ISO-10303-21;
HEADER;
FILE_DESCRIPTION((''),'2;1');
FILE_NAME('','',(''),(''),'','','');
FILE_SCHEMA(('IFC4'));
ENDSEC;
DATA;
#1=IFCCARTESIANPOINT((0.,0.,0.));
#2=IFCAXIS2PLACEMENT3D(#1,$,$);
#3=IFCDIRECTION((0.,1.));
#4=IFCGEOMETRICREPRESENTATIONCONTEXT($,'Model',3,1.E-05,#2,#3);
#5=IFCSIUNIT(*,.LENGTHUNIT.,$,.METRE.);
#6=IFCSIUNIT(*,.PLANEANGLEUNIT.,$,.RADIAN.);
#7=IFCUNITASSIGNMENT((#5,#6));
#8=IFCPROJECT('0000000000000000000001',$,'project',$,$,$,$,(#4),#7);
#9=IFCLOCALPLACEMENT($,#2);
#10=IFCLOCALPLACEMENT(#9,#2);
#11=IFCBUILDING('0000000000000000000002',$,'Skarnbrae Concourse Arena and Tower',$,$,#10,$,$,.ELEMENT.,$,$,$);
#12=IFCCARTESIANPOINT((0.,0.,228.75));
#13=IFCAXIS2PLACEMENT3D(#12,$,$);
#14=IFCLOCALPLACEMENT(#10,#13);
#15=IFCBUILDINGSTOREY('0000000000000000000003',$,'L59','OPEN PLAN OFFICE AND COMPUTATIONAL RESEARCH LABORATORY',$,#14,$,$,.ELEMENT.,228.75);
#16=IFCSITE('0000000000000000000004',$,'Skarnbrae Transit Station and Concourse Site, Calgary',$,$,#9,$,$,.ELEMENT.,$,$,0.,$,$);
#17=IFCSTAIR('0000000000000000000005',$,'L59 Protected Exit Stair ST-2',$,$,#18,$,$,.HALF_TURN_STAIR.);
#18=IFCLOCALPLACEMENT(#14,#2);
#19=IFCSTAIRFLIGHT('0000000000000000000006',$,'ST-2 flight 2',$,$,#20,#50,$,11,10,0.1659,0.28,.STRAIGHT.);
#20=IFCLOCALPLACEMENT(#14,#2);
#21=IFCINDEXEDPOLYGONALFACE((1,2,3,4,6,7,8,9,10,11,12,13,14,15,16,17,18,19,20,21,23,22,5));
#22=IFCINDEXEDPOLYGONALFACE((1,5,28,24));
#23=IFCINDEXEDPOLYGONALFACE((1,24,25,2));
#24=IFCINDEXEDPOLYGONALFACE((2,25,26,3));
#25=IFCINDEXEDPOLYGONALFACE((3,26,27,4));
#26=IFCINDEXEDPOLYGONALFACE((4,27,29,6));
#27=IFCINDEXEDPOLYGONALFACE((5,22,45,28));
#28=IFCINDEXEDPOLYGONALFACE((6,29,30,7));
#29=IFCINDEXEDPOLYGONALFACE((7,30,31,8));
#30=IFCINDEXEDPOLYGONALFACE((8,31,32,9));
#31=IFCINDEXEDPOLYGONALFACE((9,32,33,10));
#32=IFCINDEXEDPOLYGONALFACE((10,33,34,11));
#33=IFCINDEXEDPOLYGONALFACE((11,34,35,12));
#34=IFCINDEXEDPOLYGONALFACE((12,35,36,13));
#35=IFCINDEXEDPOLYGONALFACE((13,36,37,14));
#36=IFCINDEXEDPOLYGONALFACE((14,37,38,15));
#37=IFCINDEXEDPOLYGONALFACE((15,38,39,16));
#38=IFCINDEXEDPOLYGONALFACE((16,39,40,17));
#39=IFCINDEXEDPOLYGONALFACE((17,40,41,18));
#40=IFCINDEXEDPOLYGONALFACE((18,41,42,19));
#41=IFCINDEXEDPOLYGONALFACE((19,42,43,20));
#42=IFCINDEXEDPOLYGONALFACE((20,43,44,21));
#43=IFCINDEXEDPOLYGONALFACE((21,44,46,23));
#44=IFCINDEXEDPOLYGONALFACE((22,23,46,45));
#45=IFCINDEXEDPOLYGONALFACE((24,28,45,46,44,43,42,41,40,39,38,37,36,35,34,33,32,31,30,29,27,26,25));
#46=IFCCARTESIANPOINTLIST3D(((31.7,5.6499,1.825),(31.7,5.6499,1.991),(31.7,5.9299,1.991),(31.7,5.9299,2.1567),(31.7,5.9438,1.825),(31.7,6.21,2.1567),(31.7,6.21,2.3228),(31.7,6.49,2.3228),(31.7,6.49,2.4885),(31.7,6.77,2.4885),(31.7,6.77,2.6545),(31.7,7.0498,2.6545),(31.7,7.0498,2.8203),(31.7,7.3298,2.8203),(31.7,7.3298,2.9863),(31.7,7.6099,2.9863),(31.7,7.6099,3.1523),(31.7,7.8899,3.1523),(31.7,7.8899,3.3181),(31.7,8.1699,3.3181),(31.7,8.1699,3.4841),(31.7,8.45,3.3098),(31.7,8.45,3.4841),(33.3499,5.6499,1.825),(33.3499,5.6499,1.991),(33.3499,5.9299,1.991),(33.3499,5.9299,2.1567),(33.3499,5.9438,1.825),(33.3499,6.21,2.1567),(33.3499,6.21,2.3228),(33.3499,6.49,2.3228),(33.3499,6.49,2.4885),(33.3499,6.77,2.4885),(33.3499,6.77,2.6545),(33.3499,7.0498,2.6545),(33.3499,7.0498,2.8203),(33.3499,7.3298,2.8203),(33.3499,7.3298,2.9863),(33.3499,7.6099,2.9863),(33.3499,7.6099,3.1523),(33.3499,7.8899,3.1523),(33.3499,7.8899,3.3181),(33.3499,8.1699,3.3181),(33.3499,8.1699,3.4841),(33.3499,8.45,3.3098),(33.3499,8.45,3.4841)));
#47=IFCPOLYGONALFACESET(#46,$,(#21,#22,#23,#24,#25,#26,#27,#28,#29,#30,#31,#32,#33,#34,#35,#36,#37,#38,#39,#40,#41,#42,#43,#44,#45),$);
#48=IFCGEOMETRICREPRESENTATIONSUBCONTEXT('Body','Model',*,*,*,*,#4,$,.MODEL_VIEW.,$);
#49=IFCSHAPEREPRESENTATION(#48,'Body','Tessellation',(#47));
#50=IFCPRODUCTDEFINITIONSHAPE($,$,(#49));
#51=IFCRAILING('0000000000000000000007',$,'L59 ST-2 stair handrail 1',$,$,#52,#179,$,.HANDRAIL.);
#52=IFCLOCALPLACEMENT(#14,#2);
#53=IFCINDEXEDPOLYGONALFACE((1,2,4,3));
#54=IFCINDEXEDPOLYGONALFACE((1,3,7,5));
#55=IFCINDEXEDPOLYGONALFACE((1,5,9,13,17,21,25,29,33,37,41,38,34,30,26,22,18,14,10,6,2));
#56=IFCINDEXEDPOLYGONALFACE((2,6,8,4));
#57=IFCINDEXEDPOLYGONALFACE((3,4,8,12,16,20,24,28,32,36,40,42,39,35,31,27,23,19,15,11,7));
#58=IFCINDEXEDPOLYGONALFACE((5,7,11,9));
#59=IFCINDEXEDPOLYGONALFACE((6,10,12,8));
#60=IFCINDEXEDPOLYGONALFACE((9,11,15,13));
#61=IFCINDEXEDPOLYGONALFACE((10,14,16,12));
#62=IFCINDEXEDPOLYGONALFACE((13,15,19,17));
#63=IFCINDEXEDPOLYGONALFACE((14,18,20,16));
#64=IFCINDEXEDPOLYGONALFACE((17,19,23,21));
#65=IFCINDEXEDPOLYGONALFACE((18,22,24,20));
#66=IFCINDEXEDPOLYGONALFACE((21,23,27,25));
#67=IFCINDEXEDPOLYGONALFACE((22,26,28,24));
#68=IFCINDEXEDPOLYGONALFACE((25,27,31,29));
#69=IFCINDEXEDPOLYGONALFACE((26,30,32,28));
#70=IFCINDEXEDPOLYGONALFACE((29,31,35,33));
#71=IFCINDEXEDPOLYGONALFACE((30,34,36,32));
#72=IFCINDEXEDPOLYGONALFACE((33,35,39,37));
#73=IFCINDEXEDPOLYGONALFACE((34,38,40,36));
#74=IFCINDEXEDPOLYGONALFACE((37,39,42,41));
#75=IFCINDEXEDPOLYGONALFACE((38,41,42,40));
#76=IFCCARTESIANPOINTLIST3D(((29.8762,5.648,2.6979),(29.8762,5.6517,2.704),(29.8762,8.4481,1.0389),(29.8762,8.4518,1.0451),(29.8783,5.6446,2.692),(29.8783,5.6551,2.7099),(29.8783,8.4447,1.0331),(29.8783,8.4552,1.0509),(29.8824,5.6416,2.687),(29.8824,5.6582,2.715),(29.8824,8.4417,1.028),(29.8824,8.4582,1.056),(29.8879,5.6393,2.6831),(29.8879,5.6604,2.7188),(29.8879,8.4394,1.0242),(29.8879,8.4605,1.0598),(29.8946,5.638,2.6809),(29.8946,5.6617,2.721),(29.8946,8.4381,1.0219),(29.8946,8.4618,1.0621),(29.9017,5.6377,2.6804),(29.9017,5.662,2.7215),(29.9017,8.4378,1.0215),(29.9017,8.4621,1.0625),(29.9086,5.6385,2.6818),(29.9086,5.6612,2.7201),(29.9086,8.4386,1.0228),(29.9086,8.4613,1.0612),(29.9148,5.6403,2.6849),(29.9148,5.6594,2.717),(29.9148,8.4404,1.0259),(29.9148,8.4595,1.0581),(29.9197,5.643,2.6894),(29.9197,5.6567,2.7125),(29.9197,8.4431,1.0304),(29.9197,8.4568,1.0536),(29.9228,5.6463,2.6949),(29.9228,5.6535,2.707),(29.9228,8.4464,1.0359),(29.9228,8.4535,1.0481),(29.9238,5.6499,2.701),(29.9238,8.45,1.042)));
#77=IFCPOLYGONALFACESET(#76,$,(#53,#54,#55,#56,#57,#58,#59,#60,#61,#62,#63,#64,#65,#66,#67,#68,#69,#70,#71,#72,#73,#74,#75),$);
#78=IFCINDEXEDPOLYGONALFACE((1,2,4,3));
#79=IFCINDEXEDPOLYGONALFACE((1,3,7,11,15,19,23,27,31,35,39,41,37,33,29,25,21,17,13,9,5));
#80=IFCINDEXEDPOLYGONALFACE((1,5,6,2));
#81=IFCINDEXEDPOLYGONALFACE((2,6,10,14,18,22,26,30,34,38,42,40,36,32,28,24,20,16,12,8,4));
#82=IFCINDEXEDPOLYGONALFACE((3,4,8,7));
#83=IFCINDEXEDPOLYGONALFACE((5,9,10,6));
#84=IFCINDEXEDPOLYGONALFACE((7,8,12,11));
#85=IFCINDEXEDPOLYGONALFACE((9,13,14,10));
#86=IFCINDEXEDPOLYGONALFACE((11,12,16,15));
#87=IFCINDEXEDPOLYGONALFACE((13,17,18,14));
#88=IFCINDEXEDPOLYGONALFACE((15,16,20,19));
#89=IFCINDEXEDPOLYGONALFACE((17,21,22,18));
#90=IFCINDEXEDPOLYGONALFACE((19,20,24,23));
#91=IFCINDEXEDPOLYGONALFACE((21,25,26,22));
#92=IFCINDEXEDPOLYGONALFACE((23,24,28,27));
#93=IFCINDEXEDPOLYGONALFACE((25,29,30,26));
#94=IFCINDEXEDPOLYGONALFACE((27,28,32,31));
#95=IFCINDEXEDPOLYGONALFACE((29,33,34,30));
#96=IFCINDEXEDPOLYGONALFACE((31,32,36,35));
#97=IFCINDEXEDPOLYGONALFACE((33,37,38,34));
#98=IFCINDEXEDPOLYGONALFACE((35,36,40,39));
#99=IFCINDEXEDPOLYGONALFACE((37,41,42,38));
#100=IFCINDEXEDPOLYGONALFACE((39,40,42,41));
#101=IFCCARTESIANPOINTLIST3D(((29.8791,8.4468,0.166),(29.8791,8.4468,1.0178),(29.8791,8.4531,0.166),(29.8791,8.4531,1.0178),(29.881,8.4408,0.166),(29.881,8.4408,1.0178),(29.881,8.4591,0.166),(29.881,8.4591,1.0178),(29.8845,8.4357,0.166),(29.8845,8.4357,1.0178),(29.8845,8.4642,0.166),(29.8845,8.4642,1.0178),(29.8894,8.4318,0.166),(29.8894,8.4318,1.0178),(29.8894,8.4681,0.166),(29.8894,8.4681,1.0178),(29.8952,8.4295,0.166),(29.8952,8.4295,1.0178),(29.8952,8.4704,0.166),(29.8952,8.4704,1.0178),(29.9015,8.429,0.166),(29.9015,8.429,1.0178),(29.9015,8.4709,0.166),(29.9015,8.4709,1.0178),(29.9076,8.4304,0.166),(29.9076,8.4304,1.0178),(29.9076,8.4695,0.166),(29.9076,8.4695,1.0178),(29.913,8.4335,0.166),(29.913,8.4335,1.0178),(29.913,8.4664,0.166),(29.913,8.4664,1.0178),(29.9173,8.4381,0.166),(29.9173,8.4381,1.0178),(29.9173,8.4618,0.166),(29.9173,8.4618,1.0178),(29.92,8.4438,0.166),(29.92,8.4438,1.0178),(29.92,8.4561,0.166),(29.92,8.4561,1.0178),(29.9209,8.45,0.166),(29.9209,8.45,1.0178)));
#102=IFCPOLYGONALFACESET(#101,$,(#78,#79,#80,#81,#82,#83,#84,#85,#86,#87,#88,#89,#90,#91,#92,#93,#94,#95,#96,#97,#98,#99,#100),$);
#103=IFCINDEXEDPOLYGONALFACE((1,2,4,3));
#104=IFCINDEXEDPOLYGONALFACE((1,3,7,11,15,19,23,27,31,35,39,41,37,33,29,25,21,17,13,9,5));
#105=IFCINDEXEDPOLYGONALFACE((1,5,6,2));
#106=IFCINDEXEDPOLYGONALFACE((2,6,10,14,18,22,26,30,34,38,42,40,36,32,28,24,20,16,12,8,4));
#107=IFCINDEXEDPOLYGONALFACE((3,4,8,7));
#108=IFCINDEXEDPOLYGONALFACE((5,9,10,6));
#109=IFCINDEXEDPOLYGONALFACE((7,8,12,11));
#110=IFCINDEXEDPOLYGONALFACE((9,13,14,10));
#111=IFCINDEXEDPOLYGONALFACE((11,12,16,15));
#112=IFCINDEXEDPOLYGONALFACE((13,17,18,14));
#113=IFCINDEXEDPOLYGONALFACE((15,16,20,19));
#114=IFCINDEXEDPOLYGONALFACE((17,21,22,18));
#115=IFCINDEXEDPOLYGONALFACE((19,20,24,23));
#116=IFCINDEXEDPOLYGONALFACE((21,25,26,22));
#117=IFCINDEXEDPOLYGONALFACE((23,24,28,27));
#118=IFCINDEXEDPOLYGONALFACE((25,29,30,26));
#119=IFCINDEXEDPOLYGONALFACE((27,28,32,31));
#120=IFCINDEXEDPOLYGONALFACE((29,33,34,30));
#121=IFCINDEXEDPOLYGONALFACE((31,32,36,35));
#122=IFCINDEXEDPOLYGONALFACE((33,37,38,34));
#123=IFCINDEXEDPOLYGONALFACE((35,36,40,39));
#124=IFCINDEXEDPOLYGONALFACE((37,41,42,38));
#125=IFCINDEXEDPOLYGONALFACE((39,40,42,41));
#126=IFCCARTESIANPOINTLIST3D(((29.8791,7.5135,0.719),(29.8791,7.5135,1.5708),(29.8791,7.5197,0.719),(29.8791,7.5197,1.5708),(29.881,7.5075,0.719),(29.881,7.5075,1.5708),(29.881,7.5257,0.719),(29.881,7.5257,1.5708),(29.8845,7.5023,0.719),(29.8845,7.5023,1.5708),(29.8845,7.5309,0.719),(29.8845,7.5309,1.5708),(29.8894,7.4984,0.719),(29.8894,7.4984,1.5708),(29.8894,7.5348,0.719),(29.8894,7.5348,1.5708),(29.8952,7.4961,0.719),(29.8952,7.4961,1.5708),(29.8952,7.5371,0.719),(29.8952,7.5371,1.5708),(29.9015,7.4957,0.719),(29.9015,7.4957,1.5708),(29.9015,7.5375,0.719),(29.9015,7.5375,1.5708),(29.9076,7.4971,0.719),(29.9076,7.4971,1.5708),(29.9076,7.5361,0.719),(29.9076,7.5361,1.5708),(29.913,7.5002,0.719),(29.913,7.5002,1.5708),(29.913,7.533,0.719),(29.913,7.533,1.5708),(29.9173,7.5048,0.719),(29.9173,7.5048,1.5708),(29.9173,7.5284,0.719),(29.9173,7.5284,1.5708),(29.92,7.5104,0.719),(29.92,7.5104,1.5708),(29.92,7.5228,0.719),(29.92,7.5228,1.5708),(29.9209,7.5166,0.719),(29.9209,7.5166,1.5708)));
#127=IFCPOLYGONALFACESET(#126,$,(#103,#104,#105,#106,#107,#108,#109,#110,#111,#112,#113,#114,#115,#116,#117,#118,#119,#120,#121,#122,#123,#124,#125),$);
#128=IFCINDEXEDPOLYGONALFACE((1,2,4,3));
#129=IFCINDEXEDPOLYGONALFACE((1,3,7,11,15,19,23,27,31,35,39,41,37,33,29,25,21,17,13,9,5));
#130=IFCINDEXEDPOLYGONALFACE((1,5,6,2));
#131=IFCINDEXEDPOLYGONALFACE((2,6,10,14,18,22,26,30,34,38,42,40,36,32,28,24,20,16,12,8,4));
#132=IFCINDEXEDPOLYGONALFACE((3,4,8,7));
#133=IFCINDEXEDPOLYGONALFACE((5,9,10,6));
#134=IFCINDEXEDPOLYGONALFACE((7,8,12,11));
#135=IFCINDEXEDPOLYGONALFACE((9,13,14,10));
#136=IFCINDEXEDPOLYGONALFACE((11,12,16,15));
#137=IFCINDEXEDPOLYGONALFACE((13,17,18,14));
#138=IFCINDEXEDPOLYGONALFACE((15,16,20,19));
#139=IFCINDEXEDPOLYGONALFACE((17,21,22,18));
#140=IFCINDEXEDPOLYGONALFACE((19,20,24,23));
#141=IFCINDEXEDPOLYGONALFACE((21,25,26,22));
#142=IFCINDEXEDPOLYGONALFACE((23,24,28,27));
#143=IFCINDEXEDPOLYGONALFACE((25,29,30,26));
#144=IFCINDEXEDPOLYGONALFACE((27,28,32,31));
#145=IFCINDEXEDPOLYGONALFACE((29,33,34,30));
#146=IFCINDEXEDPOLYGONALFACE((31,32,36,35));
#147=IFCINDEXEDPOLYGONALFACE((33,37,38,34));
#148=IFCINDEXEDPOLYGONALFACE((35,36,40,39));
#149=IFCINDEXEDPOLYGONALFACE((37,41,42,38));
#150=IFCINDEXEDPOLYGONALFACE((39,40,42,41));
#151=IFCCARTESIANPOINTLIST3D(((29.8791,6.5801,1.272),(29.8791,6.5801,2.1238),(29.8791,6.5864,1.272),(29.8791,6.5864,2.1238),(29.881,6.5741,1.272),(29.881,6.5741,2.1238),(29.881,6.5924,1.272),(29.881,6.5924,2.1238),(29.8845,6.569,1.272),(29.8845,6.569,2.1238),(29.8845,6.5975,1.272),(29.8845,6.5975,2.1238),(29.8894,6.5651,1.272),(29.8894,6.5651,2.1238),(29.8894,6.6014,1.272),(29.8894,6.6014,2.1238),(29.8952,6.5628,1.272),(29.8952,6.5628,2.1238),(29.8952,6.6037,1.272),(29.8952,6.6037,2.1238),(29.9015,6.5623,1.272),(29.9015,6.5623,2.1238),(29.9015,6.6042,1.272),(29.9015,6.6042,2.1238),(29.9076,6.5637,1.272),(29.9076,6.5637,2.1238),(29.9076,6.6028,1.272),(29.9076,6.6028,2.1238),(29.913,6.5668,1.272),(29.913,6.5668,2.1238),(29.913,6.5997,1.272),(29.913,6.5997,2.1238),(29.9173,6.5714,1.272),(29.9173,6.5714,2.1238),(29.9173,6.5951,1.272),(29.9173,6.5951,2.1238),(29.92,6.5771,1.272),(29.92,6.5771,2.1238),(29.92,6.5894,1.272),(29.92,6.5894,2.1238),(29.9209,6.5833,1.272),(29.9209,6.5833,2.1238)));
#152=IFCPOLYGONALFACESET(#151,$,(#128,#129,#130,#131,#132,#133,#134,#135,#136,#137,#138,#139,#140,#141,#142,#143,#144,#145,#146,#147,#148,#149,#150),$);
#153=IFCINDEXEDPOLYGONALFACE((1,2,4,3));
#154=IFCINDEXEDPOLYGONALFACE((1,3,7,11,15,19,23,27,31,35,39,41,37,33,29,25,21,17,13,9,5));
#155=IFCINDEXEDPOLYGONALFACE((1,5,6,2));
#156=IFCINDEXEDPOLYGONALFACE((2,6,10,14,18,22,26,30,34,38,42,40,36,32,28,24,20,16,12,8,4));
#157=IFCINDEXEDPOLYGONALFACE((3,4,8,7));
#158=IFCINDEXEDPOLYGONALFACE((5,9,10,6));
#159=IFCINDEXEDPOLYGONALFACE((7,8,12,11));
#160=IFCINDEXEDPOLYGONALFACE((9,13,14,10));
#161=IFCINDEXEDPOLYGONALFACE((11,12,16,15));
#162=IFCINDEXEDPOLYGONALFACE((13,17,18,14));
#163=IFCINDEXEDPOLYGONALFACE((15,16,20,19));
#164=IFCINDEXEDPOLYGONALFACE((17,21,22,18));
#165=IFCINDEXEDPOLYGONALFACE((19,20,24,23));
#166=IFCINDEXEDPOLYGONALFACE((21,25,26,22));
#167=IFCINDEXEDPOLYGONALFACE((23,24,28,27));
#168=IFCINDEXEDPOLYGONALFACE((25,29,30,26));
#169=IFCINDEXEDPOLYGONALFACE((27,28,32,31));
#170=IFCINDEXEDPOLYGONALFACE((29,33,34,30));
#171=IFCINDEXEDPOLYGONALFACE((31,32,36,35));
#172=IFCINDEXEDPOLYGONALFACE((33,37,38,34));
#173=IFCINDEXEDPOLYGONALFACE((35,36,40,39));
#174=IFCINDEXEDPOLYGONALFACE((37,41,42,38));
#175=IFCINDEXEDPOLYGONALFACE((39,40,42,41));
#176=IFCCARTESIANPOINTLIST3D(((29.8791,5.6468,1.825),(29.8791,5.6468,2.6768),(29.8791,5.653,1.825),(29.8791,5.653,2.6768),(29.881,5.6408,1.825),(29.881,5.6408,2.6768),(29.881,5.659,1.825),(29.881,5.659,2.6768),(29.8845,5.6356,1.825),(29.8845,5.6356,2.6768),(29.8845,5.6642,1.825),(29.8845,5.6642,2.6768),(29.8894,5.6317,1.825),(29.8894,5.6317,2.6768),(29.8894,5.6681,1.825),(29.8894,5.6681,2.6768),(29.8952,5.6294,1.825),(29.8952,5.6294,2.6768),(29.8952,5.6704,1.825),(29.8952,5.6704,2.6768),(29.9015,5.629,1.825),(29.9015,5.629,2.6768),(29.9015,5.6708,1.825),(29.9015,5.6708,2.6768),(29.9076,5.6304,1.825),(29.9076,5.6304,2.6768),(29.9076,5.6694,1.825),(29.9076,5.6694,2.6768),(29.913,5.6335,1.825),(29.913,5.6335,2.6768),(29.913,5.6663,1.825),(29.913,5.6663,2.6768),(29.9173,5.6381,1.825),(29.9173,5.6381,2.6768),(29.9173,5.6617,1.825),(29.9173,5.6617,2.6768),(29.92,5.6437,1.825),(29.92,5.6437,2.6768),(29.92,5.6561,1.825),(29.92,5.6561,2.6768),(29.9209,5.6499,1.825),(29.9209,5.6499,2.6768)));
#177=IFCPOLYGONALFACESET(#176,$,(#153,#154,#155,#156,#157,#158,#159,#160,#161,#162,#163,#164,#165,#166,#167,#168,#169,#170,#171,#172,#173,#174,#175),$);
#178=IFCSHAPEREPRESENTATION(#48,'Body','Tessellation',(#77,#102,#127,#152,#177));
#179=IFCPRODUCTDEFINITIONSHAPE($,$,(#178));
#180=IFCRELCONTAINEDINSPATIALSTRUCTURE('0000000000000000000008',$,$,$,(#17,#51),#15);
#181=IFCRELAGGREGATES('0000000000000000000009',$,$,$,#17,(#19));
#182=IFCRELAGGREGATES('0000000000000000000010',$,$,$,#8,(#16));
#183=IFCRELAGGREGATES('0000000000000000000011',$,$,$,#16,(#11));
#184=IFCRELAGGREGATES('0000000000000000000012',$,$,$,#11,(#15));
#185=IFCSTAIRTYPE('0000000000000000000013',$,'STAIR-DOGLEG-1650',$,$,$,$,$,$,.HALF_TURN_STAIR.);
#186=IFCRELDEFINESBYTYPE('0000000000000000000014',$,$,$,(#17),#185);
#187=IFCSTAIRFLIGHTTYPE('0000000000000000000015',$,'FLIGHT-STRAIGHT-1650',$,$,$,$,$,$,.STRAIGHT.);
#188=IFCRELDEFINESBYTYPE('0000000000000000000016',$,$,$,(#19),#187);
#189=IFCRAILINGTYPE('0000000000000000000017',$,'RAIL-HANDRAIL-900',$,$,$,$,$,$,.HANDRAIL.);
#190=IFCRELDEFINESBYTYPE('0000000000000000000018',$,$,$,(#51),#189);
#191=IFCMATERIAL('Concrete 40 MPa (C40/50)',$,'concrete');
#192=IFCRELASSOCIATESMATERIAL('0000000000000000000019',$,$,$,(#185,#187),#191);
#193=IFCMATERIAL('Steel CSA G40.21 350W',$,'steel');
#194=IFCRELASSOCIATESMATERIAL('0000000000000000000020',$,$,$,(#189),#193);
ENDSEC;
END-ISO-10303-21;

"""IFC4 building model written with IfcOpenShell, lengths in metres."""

from ifc_helpers import new_model, si_unit, direction, frame, origin, origin_2d, place, context, subcontext, project, spatial, polyline, circle, outline, extrude, source, transform, mapped, material, type_object, element, aggregate, save


model = new_model("IFC4")

# Units and contexts
model_context = context("Model", 3, precision=1e-05, world=origin(), true_north=direction((0.0, 1.0)))
body_context = subcontext(model_context, "Body", "Model", "MODEL_VIEW")
ifc_project = project(units=[si_unit("LENGTHUNIT", "METRE"), si_unit("PLANEANGLEUNIT", "RADIAN")], contexts=[model_context])

# Site, building, storey
site_placement = place(None, origin())
site = spatial("IfcSite", under=ifc_project, at=site_placement, Name="Skarnbrae Transit Station and Concourse Site, Calgary", CompositionType="ELEMENT", RefElevation=0.0)
building_placement = place(site_placement, origin())
building = spatial("IfcBuilding", under=site, at=building_placement, Name="Skarnbrae Concourse Arena and Tower", CompositionType="ELEMENT")
storey_placement = place(building_placement, frame((0.0, 0.0, 228.75)))
storey = spatial("IfcBuildingStorey", under=building, at=storey_placement, Name="L59", Description="OPEN PLAN OFFICE AND COMPUTATIONAL RESEARCH LABORATORY", CompositionType="ELEMENT", Elevation=228.75)

# Shared definitions
ifc_material_1 = material(Name="Steel CSA G40.21 350W", Category="steel")

# Stair, stair flight
ifc_material_2 = material(Name="Concrete 40 MPa (C40/50)", Category="concrete")
stair_type = type_object("IfcStairType", Name="STAIR-DOGLEG-1650", PredefinedType="HALF_TURN_STAIR", material=ifc_material_2)
stair_placement = place(storey_placement, origin())
stair = element("IfcStair", 1, at=stair_placement, inside=storey, type_object=stair_type, Name="L59 Protected Exit Stair ST-2", PredefinedType="HALF_TURN_STAIR")
stair_flight_type = type_object("IfcStairFlightType", Name="FLIGHT-STRAIGHT-1650", PredefinedType="STRAIGHT", material=ifc_material_2)
shared_shape_1 = source(origin(), body_context, "Body", "SweptSolid", [
    extrude(outline(polyline([(0.0, 0.0), (0.0, 0.166), (0.28, 0.166), (0.28, 0.3318), (0.5601, 0.3318), (0.5601, 0.4978), (0.8401, 0.4978), (0.8401, 0.6636), (1.1201, 0.6636), (1.1201, 0.8296), (1.3999, 0.8296), (1.3999, 0.9954), (1.6799, 0.9954), (1.6799, 1.1614), (1.96, 1.1614), (1.96, 1.3274), (2.24, 1.3274), (2.24, 1.4932), (2.52, 1.4932), (2.52, 1.6592), (2.8, 1.6592), (2.8, 1.825), (2.8, 1.4849), (0.2939, 0.0), (0.0, 0.0)])), frame((0.0, 0.825, 0.0), z_axis=(0.0, -1.0, 0.0), x_axis=(1.0, 0.0, 0.0)), (0.0, 0.0, 1.0), 1.6499),
])
stair_flight_1_placement = place(storey_placement, frame((32.5249, 5.6499, 1.825), z_axis=(0.0, 0.0, 1.0), x_axis=(0.0, 1.0, 0.0)))
stair_flight_1 = element("IfcStairFlight", 2, at=stair_flight_1_placement, type_object=stair_flight_type, Name="ST-2 flight 2", NumberOfRisers=11, NumberOfTreads=10, PredefinedType="STRAIGHT", RiserHeight=0.1659, TreadLength=0.28, context=body_context, shape_type="MappedRepresentation", body=[
    mapped(shared_shape_1, transform((0.0, 0.0, 0.0))),
])
aggregate(stair, [stair_flight_1])

# Railing
railing_type_1 = type_object("IfcRailingType", Name="RAIL-HANDRAIL-900", PredefinedType="HANDRAIL", material=ifc_material_1)
railing_1_placement = place(storey_placement, frame((29.8999, 8.45, 0.166)))
element("IfcRailing", 3, at=railing_1_placement, inside=storey, type_object=railing_type_1, Name="L59 ST-2 stair handrail 1", PredefinedType="HANDRAIL", context=body_context, shape_type="SweptSolid", body=[
    extrude(circle(Radius=0.0239, at=origin_2d()), frame((0.0, 0.0, 0.876), z_axis=(0.0, -0.860339, 0.509722), x_axis=(1.0, 0.0, 0.0)), (0.0, 0.0, 1.0), 3.2546),
    extrude(circle(Radius=0.021, at=origin_2d()), origin(), (0.0, 0.0, 1.0), 0.8518),
    extrude(circle(Radius=0.021, at=origin_2d()), frame((0.0, -0.9333, 0.553)), (0.0, 0.0, 1.0), 0.8518),
    extrude(circle(Radius=0.021, at=origin_2d()), frame((0.0, -1.8667, 1.106)), (0.0, 0.0, 1.0), 0.8518),
    extrude(circle(Radius=0.021, at=origin_2d()), frame((0.0, -2.8, 1.6589)), (0.0, 0.0, 1.0), 0.8518),
])

save(model, "model.ifc")
